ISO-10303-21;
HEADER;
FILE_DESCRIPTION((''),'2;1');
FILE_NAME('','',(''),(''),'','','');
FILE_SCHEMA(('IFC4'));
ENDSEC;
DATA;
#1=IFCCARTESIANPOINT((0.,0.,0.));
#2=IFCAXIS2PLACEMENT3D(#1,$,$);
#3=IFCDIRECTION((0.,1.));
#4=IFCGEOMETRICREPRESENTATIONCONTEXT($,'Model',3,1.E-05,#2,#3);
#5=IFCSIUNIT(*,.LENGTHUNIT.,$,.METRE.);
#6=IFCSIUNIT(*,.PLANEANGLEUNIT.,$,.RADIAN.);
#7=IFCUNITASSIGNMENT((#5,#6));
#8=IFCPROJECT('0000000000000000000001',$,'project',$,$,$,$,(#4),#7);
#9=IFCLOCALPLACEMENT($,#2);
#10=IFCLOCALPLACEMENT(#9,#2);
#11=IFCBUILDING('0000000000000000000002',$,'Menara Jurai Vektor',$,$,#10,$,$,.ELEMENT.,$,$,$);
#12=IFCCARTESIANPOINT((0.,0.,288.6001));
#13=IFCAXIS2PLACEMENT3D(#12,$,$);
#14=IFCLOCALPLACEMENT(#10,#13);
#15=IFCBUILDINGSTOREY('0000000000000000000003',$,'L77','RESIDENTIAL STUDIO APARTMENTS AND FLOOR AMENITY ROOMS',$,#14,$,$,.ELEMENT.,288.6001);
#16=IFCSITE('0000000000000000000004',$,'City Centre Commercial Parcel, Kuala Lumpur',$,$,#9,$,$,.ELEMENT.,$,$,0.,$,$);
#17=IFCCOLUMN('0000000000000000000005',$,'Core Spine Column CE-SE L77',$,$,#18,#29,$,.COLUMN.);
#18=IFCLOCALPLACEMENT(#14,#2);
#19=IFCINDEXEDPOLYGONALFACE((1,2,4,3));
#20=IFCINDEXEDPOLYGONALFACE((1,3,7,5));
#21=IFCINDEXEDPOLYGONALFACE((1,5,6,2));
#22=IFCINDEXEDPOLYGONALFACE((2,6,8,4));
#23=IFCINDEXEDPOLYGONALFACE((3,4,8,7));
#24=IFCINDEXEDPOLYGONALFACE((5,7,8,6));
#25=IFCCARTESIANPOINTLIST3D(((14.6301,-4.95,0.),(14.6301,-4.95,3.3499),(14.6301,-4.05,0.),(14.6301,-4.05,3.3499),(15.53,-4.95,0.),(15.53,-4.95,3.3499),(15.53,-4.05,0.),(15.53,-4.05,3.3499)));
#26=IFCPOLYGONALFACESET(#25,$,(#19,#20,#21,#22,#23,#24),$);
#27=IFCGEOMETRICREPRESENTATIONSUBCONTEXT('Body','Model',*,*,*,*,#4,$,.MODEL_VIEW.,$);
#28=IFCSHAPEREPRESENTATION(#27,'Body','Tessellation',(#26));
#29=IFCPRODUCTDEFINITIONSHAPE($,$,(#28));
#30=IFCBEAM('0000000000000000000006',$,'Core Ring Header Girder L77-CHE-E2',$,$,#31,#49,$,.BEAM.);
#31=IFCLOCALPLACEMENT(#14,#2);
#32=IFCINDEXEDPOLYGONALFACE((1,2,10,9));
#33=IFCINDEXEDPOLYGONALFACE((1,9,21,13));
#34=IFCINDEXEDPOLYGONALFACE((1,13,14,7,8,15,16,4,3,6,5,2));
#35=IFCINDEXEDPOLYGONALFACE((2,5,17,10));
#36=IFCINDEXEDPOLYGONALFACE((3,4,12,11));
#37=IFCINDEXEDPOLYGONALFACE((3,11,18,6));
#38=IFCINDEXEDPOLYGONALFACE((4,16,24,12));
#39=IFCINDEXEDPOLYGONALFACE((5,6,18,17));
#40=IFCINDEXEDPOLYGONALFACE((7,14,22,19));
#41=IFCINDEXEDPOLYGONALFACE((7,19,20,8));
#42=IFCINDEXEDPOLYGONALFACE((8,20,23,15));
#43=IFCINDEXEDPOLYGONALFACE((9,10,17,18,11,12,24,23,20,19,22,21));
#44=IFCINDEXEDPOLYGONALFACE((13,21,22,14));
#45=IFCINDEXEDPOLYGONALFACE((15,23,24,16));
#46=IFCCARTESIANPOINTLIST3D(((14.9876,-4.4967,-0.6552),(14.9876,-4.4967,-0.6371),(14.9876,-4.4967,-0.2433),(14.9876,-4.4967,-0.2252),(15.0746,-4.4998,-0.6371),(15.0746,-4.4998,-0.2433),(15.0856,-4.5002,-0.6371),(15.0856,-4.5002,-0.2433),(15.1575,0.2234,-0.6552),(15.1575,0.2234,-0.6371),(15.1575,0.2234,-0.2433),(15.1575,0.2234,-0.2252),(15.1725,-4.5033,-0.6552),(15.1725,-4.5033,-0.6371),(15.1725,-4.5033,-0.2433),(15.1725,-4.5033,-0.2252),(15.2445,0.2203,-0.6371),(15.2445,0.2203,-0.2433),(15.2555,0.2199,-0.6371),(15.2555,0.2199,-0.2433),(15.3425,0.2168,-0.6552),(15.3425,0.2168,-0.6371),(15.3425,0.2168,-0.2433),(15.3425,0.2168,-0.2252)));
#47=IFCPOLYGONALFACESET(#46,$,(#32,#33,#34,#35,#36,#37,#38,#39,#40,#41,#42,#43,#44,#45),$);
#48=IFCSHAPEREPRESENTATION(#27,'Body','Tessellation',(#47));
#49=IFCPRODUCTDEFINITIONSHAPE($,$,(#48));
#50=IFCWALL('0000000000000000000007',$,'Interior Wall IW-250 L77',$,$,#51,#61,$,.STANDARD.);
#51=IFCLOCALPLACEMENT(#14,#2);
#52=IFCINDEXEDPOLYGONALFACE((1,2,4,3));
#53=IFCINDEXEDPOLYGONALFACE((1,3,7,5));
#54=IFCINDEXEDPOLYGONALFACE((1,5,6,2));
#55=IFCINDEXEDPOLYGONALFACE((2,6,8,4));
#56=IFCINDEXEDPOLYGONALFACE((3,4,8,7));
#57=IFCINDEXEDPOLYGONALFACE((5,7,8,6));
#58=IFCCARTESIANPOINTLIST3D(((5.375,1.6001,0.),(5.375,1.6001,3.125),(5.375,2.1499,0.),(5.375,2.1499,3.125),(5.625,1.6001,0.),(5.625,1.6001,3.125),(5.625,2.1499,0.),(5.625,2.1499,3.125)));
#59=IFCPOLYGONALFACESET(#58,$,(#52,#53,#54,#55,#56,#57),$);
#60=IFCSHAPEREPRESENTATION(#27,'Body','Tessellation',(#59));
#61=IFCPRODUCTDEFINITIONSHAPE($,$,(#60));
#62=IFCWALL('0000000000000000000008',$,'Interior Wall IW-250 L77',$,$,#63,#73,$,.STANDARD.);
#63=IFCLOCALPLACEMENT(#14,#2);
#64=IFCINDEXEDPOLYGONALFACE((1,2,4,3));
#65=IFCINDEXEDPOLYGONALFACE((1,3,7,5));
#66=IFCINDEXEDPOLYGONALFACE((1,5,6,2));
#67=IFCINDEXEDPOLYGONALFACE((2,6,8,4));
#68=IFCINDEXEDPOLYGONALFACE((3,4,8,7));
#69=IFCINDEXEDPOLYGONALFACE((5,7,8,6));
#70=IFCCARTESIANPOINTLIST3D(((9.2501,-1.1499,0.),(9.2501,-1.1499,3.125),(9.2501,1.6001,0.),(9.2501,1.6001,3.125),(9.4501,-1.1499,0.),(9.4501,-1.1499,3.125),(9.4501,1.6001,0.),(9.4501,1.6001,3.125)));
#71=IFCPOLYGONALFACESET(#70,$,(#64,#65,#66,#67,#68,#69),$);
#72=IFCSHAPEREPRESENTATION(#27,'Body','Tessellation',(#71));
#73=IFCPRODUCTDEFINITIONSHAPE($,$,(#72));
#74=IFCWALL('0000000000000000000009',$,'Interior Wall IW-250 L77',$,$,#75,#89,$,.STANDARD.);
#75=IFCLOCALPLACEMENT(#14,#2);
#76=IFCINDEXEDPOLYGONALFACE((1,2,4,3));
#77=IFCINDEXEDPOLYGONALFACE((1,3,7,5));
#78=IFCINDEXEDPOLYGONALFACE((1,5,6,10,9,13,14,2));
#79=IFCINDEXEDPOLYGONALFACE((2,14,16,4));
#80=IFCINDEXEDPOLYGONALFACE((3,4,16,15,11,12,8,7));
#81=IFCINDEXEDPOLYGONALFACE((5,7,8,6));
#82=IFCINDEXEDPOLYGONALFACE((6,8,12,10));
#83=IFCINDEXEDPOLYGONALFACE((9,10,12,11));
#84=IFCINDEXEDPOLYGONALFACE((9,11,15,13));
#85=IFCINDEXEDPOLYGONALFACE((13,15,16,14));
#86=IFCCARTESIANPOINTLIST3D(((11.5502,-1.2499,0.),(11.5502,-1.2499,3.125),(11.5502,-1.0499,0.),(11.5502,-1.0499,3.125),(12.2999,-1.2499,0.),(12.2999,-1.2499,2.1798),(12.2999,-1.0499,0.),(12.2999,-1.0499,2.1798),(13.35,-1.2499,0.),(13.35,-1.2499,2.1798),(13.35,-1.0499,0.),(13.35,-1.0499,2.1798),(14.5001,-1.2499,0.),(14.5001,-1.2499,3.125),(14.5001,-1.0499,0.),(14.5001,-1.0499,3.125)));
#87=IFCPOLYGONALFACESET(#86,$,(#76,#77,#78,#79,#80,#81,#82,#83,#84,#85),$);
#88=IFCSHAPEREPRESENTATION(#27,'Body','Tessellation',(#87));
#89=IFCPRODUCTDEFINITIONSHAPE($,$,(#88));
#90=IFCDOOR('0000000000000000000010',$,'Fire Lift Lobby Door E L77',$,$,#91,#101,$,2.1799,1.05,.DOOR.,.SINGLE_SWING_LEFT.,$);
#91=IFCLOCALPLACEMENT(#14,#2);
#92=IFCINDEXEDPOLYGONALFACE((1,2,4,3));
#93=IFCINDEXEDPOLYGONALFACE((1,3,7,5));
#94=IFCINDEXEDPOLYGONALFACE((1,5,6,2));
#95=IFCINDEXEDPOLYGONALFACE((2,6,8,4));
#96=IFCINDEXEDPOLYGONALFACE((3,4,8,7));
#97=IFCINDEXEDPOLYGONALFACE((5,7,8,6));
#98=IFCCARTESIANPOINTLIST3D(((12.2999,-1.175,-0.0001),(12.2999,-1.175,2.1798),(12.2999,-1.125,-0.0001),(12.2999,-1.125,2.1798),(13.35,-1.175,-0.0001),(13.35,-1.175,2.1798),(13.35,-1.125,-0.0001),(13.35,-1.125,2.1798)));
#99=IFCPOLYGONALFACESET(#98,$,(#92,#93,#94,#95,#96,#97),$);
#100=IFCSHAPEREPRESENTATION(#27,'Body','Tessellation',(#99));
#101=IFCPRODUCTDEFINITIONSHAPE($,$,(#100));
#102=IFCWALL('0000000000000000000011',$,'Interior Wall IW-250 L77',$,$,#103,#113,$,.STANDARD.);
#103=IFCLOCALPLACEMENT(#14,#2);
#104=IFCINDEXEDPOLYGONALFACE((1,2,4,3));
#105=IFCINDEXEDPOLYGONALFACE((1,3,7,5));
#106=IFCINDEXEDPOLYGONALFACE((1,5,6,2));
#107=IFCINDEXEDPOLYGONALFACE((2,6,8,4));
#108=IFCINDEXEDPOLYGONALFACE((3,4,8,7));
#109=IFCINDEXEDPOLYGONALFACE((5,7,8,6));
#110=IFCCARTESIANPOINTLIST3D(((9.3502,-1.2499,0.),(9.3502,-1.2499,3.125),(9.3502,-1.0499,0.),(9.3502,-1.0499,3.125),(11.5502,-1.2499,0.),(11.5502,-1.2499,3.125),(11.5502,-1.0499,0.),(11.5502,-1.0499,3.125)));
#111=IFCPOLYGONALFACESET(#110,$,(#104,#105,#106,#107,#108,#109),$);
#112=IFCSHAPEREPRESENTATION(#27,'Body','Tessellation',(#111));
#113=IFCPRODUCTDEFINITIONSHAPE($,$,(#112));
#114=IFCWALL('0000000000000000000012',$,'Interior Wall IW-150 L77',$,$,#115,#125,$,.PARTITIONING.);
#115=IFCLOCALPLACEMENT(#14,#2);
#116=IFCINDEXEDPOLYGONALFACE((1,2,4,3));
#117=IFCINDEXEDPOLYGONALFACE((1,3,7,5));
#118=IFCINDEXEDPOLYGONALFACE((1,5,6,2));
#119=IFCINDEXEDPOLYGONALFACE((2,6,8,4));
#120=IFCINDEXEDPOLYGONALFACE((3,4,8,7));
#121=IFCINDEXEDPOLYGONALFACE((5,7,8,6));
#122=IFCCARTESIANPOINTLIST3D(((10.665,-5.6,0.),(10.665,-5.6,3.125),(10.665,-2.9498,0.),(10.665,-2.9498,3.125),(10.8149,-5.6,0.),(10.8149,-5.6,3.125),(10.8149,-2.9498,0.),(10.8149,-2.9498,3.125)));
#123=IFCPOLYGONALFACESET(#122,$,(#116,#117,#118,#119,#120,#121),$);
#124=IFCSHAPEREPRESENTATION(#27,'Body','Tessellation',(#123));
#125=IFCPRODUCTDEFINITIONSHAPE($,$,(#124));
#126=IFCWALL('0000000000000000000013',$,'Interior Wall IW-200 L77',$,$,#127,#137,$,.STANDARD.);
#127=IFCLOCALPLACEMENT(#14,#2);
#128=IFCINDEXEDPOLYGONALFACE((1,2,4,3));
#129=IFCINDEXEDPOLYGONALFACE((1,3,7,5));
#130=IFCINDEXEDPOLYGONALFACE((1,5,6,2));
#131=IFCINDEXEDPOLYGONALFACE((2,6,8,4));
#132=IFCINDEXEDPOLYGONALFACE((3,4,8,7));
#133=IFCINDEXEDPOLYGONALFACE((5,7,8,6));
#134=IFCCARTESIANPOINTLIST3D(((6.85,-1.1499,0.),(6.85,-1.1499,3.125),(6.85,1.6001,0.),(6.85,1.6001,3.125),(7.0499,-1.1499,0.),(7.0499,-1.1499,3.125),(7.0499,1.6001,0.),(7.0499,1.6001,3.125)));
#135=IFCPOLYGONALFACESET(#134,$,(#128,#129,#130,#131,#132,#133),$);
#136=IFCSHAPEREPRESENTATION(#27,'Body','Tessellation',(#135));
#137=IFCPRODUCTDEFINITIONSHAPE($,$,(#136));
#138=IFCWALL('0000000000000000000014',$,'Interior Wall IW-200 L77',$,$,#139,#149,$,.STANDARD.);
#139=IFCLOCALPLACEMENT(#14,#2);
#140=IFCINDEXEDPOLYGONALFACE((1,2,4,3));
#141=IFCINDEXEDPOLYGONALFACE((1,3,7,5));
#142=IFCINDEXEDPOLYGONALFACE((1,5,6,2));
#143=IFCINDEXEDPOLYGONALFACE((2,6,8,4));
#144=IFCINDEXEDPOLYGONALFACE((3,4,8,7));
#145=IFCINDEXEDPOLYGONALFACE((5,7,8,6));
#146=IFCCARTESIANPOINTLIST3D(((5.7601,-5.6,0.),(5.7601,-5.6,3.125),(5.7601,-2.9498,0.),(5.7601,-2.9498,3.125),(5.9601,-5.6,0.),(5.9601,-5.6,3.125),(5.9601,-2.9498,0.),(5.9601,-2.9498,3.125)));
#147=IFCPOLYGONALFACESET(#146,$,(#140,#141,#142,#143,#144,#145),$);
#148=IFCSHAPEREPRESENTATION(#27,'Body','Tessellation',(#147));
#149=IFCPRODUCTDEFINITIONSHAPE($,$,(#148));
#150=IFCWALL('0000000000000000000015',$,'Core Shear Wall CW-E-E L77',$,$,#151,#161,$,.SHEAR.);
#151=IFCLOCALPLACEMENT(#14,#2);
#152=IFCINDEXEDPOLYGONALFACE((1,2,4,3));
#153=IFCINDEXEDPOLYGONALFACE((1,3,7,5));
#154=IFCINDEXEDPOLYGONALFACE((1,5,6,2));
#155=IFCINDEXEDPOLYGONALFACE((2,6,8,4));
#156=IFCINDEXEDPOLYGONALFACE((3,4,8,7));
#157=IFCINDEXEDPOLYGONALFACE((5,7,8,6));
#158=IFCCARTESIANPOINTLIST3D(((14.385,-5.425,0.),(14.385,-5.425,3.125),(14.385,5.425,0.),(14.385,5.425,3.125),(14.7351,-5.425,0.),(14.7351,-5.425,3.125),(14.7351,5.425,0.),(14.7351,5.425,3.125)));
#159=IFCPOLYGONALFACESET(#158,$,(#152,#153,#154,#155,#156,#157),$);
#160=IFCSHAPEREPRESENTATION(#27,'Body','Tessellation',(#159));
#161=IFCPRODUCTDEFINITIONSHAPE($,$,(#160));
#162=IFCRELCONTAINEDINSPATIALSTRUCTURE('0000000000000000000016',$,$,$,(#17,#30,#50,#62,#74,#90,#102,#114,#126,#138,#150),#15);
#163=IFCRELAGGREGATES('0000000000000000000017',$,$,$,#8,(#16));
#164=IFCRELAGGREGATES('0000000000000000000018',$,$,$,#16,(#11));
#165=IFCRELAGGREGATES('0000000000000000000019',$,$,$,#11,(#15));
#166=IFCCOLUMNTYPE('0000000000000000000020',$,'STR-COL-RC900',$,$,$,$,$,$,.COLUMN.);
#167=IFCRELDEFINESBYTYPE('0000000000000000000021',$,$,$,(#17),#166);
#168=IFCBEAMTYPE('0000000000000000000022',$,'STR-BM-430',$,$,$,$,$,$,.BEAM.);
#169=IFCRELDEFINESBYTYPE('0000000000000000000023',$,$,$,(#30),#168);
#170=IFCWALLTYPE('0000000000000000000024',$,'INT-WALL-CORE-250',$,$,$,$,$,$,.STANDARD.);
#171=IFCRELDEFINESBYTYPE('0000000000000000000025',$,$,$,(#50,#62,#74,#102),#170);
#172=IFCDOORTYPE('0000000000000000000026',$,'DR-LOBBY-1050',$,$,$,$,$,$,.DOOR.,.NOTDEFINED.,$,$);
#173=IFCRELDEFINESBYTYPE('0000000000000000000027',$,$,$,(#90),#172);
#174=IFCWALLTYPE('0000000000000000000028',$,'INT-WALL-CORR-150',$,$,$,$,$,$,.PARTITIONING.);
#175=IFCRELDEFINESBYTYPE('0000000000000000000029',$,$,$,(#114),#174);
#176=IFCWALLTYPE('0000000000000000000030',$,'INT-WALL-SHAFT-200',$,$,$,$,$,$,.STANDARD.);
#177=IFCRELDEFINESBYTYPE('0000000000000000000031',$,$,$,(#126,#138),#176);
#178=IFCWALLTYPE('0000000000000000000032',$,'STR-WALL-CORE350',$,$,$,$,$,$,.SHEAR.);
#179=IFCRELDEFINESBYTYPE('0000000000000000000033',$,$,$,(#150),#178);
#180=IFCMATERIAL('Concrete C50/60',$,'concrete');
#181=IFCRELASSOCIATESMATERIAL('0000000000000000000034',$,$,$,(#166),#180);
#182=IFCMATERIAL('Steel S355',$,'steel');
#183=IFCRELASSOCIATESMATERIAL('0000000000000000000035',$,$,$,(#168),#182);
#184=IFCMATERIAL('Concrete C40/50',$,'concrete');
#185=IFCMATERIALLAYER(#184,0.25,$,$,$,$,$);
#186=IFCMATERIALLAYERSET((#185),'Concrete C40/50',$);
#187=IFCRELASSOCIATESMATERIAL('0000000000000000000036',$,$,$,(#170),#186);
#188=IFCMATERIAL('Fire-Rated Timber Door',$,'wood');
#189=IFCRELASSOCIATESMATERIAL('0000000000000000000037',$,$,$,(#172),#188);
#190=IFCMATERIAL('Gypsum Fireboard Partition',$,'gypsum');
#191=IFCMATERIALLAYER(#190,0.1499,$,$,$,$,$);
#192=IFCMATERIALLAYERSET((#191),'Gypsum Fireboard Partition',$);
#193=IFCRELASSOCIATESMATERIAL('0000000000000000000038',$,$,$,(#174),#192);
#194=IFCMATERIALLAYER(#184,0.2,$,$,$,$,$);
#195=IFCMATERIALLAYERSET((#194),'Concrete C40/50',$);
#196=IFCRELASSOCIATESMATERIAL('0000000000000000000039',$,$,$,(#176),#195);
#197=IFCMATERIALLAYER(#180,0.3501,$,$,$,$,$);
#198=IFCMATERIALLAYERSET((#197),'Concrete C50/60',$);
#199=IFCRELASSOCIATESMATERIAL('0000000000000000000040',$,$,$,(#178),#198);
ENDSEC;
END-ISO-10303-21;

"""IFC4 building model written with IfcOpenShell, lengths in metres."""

from ifc_helpers import new_model, si_unit, direction, frame, frame_2d, origin, origin_2d, place, context, subcontext, project, spatial, rectangle, i_section, extrude, material, layer, layer_set, material_profile, profile_set, type_object, element, fill, save


model = new_model("IFC4")

# Units and contexts
model_context = context("Model", 3, precision=1e-05, world=origin(), true_north=direction((0.0, 1.0)))
body_context = subcontext(model_context, "Body", "Model", "MODEL_VIEW")
ifc_project = project(units=[si_unit("LENGTHUNIT", "METRE"), si_unit("PLANEANGLEUNIT", "RADIAN")], contexts=[model_context])

# Site, building, storey
site_placement = place(None, origin())
site = spatial("IfcSite", under=ifc_project, at=site_placement, Name="City Centre Commercial Parcel, Kuala Lumpur", CompositionType="ELEMENT", RefElevation=0.0)
building_placement = place(site_placement, origin())
building = spatial("IfcBuilding", under=site, at=building_placement, Name="Menara Jurai Vektor", CompositionType="ELEMENT")
storey_placement = place(building_placement, frame((0.0, 0.0, 288.6001)))
storey = spatial("IfcBuildingStorey", under=building, at=storey_placement, Name="L77", Description="RESIDENTIAL STUDIO APARTMENTS AND FLOOR AMENITY ROOMS", CompositionType="ELEMENT", Elevation=288.6001)

# Column
ifc_material_1 = material(Name="Concrete C50/60", Category="concrete")
ifc_material_profile_1 = material_profile(ifc_material_1, rectangle(XDim=0.8999, YDim=0.8999, at=origin_2d()), Name="RC 900x900")
ifc_profile_set_1 = profile_set([ifc_material_profile_1], Name="Concrete C50/60")
column_type = type_object("IfcColumnType", Name="STR-COL-RC900", PredefinedType="COLUMN", material=ifc_profile_set_1)
column_placement = place(storey_placement, frame((15.0801, -4.5, 0.0), z_axis=(0.0, 0.0, 1.0), x_axis=(1.0, 0.0, 0.0)))
element("IfcColumn", 1, at=column_placement, inside=storey, type_object=column_type, Name="Core Spine Column CE-SE L77", PredefinedType="COLUMN", context=body_context, shape_type="SweptSolid", body=[
    extrude(rectangle(XDim=0.8999, YDim=0.8999, at=origin_2d()), origin(), (0.0, 0.0, 1.0), 3.3499),
])

# Beam
ifc_material_2 = material(Name="Steel S355", Category="steel")
ifc_material_profile_2 = material_profile(ifc_material_2, i_section(OverallWidth=0.1851, OverallDepth=0.4299, WebThickness=0.011, FlangeThickness=0.0181, at=origin_2d()), Name="PG 430x185x76")
ifc_profile_set_2 = profile_set([ifc_material_profile_2], Name="Steel S355")
beam_type = type_object("IfcBeamType", Name="STR-BM-430", PredefinedType="BEAM", material=ifc_profile_set_2)
beam_placement = place(storey_placement, frame((15.0801, -4.5, -0.4402), z_axis=(0.035977, 0.999353, 0.0), x_axis=(-0.999353, 0.035977, 0.0)))
element("IfcBeam", 2, at=beam_placement, inside=storey, type_object=beam_type, Name="Core Ring Header Girder L77-CHE-E2", PredefinedType="BEAM", context=body_context, shape_type="SweptSolid", body=[
    extrude(i_section(OverallWidth=0.1851, OverallDepth=0.4299, WebThickness=0.011, FlangeThickness=0.0181, at=origin_2d()), origin(), (0.0, 0.0, 1.0), 4.7231),
])

# Wall
ifc_material_3 = material(Name="Concrete C40/50", Category="concrete")
ifc_layer_1 = layer(ifc_material_3, 0.25)
ifc_layer_set_1 = layer_set([ifc_layer_1], Name="Concrete C40/50")
wall_type_1 = type_object("IfcWallType", Name="INT-WALL-CORE-250", PredefinedType="STANDARD", material=ifc_layer_set_1)
wall_1_placement = place(storey_placement, frame((5.5, 1.6001, 0.0), z_axis=(0.0, 0.0, 1.0), x_axis=(0.0, 1.0, 0.0)))
element("IfcWall", 3, at=wall_1_placement, inside=storey, type_object=wall_type_1, Name="Interior Wall IW-250 L77", PredefinedType="STANDARD", context=body_context, shape_type="SweptSolid", body=[
    extrude(rectangle(XDim=0.5498, YDim=0.25, at=frame_2d((0.2749, 0.0))), origin(), (0.0, 0.0, 1.0), 3.125),
])

# Wall
wall_2_placement = place(storey_placement, frame((9.3501, -1.1499, 0.0), z_axis=(0.0, 0.0, 1.0), x_axis=(0.0, 1.0, 0.0)))
element("IfcWall", 4, at=wall_2_placement, inside=storey, type_object=wall_type_1, Name="Interior Wall IW-250 L77", PredefinedType="STANDARD", context=body_context, shape_type="SweptSolid", body=[
    extrude(rectangle(XDim=2.75, YDim=0.2, at=frame_2d((1.375, 0.0))), origin(), (0.0, 0.0, 1.0), 3.125),
])

# Wall, opening, door
wall_3_placement = place(storey_placement, frame((11.55, -1.1499, 0.0), z_axis=(0.0, 0.0, 1.0), x_axis=(1.0, 0.0, 0.0)))
wall_3 = element("IfcWall", 5, at=wall_3_placement, inside=storey, type_object=wall_type_1, Name="Interior Wall IW-250 L77", PredefinedType="STANDARD", context=body_context, shape_type="SweptSolid", body=[
    extrude(rectangle(XDim=2.95, YDim=0.2, at=frame_2d((1.4751, 0.0))), origin(), (0.0, 0.0, 1.0), 3.125),
])
opening_1_placement = place(wall_3_placement, frame((0.75, 0.0, 0.0)))
opening_1 = element("IfcOpeningElement", 6, at=opening_1_placement, cuts=wall_3, PredefinedType="OPENING", context=body_context, shape_type="SweptSolid", body=[
    extrude(rectangle(XDim=1.05, YDim=2.1799, at=frame_2d((0.5249, 1.0898))), frame((0.0, 0.1099, 0.0), z_axis=(0.0, -1.0, 0.0), x_axis=(1.0, 0.0, 0.0)), (0.0, 0.0, 1.0), 0.22),
])
ifc_material_4 = material(Name="Fire-Rated Timber Door", Category="wood")
door_type_1 = type_object("IfcDoorType", Name="DR-LOBBY-1050", OperationType="NOTDEFINED", PredefinedType="DOOR", material=ifc_material_4)
door_1_placement = place(opening_1_placement, origin())
door_1 = element("IfcDoor", 7, at=door_1_placement, inside=storey, type_object=door_type_1, Name="Fire Lift Lobby Door E L77", OperationType="SINGLE_SWING_LEFT", OverallHeight=2.1799, OverallWidth=1.05, PredefinedType="DOOR", context=body_context, shape_type="SweptSolid", body=[
    extrude(rectangle(XDim=1.05, YDim=2.1799, at=frame_2d((0.5249, 1.0898))), frame((0.0, 0.0249, 0.0), z_axis=(0.0, -1.0, 0.0), x_axis=(1.0, 0.0, 0.0)), (0.0, 0.0, 1.0), 0.05),
])
fill(opening_1, door_1)

# Walls
wall_4_placement = place(storey_placement, frame((9.3501, -1.1499, 0.0), z_axis=(0.0, 0.0, 1.0), x_axis=(1.0, 0.0, 0.0)))
element("IfcWall", 8, at=wall_4_placement, inside=storey, type_object=wall_type_1, Name="Interior Wall IW-250 L77", PredefinedType="STANDARD", context=body_context, shape_type="SweptSolid", body=[
    extrude(rectangle(XDim=2.2, YDim=0.2, at=frame_2d((1.1001, 0.0))), origin(), (0.0, 0.0, 1.0), 3.125),
])
ifc_material_5 = material(Name="Gypsum Fireboard Partition", Category="gypsum")
ifc_layer_2 = layer(ifc_material_5, 0.1499)
ifc_layer_set_2 = layer_set([ifc_layer_2], Name="Gypsum Fireboard Partition")
wall_type_2 = type_object("IfcWallType", Name="INT-WALL-CORR-150", PredefinedType="PARTITIONING", material=ifc_layer_set_2)
wall_5_placement = place(storey_placement, frame((10.74, -5.6001, 0.0), z_axis=(0.0, 0.0, 1.0), x_axis=(0.0, 1.0, 0.0)))
element("IfcWall", 9, at=wall_5_placement, inside=storey, type_object=wall_type_2, Name="Interior Wall IW-150 L77", PredefinedType="PARTITIONING", context=body_context, shape_type="SweptSolid", body=[
    extrude(rectangle(XDim=2.6501, YDim=0.1499, at=frame_2d((1.3252, 0.0))), origin(), (0.0, 0.0, 1.0), 3.125),
])
ifc_layer_3 = layer(ifc_material_3, 0.2)
ifc_layer_set_3 = layer_set([ifc_layer_3], Name="Concrete C40/50")
wall_type_3 = type_object("IfcWallType", Name="INT-WALL-SHAFT-200", PredefinedType="STANDARD", material=ifc_layer_set_3)
wall_6_placement = place(storey_placement, frame((6.95, -1.1499, 0.0), z_axis=(0.0, 0.0, 1.0), x_axis=(0.0, 1.0, 0.0)))
element("IfcWall", 10, at=wall_6_placement, inside=storey, type_object=wall_type_3, Name="Interior Wall IW-200 L77", PredefinedType="STANDARD", context=body_context, shape_type="SweptSolid", body=[
    extrude(rectangle(XDim=2.75, YDim=0.2, at=frame_2d((1.375, 0.0))), origin(), (0.0, 0.0, 1.0), 3.125),
])

# Walls
wall_7_placement = place(storey_placement, frame((5.8601, -5.6001, 0.0), z_axis=(0.0, 0.0, 1.0), x_axis=(0.0, 1.0, 0.0)))
element("IfcWall", 11, at=wall_7_placement, inside=storey, type_object=wall_type_3, Name="Interior Wall IW-200 L77", PredefinedType="STANDARD", context=body_context, shape_type="SweptSolid", body=[
    extrude(rectangle(XDim=2.6501, YDim=0.2, at=frame_2d((1.3252, 0.0))), origin(), (0.0, 0.0, 1.0), 3.125),
])
ifc_layer_4 = layer(ifc_material_1, 0.3501)
ifc_layer_set_4 = layer_set([ifc_layer_4], Name="Concrete C50/60")
wall_type_4 = type_object("IfcWallType", Name="STR-WALL-CORE350", PredefinedType="SHEAR", material=ifc_layer_set_4)
wall_8_placement = place(storey_placement, frame((14.5601, -5.425, 0.0), z_axis=(0.0, 0.0, 1.0), x_axis=(0.0, 1.0, 0.0)))
element("IfcWall", 12, at=wall_8_placement, inside=storey, type_object=wall_type_4, Name="Core Shear Wall CW-E-E L77", PredefinedType="SHEAR", context=body_context, shape_type="SweptSolid", body=[
    extrude(rectangle(XDim=10.8501, YDim=0.3501, at=frame_2d((5.425, 0.0))), origin(), (0.0, 0.0, 1.0), 3.125),
])

save(model, "model.ifc")
